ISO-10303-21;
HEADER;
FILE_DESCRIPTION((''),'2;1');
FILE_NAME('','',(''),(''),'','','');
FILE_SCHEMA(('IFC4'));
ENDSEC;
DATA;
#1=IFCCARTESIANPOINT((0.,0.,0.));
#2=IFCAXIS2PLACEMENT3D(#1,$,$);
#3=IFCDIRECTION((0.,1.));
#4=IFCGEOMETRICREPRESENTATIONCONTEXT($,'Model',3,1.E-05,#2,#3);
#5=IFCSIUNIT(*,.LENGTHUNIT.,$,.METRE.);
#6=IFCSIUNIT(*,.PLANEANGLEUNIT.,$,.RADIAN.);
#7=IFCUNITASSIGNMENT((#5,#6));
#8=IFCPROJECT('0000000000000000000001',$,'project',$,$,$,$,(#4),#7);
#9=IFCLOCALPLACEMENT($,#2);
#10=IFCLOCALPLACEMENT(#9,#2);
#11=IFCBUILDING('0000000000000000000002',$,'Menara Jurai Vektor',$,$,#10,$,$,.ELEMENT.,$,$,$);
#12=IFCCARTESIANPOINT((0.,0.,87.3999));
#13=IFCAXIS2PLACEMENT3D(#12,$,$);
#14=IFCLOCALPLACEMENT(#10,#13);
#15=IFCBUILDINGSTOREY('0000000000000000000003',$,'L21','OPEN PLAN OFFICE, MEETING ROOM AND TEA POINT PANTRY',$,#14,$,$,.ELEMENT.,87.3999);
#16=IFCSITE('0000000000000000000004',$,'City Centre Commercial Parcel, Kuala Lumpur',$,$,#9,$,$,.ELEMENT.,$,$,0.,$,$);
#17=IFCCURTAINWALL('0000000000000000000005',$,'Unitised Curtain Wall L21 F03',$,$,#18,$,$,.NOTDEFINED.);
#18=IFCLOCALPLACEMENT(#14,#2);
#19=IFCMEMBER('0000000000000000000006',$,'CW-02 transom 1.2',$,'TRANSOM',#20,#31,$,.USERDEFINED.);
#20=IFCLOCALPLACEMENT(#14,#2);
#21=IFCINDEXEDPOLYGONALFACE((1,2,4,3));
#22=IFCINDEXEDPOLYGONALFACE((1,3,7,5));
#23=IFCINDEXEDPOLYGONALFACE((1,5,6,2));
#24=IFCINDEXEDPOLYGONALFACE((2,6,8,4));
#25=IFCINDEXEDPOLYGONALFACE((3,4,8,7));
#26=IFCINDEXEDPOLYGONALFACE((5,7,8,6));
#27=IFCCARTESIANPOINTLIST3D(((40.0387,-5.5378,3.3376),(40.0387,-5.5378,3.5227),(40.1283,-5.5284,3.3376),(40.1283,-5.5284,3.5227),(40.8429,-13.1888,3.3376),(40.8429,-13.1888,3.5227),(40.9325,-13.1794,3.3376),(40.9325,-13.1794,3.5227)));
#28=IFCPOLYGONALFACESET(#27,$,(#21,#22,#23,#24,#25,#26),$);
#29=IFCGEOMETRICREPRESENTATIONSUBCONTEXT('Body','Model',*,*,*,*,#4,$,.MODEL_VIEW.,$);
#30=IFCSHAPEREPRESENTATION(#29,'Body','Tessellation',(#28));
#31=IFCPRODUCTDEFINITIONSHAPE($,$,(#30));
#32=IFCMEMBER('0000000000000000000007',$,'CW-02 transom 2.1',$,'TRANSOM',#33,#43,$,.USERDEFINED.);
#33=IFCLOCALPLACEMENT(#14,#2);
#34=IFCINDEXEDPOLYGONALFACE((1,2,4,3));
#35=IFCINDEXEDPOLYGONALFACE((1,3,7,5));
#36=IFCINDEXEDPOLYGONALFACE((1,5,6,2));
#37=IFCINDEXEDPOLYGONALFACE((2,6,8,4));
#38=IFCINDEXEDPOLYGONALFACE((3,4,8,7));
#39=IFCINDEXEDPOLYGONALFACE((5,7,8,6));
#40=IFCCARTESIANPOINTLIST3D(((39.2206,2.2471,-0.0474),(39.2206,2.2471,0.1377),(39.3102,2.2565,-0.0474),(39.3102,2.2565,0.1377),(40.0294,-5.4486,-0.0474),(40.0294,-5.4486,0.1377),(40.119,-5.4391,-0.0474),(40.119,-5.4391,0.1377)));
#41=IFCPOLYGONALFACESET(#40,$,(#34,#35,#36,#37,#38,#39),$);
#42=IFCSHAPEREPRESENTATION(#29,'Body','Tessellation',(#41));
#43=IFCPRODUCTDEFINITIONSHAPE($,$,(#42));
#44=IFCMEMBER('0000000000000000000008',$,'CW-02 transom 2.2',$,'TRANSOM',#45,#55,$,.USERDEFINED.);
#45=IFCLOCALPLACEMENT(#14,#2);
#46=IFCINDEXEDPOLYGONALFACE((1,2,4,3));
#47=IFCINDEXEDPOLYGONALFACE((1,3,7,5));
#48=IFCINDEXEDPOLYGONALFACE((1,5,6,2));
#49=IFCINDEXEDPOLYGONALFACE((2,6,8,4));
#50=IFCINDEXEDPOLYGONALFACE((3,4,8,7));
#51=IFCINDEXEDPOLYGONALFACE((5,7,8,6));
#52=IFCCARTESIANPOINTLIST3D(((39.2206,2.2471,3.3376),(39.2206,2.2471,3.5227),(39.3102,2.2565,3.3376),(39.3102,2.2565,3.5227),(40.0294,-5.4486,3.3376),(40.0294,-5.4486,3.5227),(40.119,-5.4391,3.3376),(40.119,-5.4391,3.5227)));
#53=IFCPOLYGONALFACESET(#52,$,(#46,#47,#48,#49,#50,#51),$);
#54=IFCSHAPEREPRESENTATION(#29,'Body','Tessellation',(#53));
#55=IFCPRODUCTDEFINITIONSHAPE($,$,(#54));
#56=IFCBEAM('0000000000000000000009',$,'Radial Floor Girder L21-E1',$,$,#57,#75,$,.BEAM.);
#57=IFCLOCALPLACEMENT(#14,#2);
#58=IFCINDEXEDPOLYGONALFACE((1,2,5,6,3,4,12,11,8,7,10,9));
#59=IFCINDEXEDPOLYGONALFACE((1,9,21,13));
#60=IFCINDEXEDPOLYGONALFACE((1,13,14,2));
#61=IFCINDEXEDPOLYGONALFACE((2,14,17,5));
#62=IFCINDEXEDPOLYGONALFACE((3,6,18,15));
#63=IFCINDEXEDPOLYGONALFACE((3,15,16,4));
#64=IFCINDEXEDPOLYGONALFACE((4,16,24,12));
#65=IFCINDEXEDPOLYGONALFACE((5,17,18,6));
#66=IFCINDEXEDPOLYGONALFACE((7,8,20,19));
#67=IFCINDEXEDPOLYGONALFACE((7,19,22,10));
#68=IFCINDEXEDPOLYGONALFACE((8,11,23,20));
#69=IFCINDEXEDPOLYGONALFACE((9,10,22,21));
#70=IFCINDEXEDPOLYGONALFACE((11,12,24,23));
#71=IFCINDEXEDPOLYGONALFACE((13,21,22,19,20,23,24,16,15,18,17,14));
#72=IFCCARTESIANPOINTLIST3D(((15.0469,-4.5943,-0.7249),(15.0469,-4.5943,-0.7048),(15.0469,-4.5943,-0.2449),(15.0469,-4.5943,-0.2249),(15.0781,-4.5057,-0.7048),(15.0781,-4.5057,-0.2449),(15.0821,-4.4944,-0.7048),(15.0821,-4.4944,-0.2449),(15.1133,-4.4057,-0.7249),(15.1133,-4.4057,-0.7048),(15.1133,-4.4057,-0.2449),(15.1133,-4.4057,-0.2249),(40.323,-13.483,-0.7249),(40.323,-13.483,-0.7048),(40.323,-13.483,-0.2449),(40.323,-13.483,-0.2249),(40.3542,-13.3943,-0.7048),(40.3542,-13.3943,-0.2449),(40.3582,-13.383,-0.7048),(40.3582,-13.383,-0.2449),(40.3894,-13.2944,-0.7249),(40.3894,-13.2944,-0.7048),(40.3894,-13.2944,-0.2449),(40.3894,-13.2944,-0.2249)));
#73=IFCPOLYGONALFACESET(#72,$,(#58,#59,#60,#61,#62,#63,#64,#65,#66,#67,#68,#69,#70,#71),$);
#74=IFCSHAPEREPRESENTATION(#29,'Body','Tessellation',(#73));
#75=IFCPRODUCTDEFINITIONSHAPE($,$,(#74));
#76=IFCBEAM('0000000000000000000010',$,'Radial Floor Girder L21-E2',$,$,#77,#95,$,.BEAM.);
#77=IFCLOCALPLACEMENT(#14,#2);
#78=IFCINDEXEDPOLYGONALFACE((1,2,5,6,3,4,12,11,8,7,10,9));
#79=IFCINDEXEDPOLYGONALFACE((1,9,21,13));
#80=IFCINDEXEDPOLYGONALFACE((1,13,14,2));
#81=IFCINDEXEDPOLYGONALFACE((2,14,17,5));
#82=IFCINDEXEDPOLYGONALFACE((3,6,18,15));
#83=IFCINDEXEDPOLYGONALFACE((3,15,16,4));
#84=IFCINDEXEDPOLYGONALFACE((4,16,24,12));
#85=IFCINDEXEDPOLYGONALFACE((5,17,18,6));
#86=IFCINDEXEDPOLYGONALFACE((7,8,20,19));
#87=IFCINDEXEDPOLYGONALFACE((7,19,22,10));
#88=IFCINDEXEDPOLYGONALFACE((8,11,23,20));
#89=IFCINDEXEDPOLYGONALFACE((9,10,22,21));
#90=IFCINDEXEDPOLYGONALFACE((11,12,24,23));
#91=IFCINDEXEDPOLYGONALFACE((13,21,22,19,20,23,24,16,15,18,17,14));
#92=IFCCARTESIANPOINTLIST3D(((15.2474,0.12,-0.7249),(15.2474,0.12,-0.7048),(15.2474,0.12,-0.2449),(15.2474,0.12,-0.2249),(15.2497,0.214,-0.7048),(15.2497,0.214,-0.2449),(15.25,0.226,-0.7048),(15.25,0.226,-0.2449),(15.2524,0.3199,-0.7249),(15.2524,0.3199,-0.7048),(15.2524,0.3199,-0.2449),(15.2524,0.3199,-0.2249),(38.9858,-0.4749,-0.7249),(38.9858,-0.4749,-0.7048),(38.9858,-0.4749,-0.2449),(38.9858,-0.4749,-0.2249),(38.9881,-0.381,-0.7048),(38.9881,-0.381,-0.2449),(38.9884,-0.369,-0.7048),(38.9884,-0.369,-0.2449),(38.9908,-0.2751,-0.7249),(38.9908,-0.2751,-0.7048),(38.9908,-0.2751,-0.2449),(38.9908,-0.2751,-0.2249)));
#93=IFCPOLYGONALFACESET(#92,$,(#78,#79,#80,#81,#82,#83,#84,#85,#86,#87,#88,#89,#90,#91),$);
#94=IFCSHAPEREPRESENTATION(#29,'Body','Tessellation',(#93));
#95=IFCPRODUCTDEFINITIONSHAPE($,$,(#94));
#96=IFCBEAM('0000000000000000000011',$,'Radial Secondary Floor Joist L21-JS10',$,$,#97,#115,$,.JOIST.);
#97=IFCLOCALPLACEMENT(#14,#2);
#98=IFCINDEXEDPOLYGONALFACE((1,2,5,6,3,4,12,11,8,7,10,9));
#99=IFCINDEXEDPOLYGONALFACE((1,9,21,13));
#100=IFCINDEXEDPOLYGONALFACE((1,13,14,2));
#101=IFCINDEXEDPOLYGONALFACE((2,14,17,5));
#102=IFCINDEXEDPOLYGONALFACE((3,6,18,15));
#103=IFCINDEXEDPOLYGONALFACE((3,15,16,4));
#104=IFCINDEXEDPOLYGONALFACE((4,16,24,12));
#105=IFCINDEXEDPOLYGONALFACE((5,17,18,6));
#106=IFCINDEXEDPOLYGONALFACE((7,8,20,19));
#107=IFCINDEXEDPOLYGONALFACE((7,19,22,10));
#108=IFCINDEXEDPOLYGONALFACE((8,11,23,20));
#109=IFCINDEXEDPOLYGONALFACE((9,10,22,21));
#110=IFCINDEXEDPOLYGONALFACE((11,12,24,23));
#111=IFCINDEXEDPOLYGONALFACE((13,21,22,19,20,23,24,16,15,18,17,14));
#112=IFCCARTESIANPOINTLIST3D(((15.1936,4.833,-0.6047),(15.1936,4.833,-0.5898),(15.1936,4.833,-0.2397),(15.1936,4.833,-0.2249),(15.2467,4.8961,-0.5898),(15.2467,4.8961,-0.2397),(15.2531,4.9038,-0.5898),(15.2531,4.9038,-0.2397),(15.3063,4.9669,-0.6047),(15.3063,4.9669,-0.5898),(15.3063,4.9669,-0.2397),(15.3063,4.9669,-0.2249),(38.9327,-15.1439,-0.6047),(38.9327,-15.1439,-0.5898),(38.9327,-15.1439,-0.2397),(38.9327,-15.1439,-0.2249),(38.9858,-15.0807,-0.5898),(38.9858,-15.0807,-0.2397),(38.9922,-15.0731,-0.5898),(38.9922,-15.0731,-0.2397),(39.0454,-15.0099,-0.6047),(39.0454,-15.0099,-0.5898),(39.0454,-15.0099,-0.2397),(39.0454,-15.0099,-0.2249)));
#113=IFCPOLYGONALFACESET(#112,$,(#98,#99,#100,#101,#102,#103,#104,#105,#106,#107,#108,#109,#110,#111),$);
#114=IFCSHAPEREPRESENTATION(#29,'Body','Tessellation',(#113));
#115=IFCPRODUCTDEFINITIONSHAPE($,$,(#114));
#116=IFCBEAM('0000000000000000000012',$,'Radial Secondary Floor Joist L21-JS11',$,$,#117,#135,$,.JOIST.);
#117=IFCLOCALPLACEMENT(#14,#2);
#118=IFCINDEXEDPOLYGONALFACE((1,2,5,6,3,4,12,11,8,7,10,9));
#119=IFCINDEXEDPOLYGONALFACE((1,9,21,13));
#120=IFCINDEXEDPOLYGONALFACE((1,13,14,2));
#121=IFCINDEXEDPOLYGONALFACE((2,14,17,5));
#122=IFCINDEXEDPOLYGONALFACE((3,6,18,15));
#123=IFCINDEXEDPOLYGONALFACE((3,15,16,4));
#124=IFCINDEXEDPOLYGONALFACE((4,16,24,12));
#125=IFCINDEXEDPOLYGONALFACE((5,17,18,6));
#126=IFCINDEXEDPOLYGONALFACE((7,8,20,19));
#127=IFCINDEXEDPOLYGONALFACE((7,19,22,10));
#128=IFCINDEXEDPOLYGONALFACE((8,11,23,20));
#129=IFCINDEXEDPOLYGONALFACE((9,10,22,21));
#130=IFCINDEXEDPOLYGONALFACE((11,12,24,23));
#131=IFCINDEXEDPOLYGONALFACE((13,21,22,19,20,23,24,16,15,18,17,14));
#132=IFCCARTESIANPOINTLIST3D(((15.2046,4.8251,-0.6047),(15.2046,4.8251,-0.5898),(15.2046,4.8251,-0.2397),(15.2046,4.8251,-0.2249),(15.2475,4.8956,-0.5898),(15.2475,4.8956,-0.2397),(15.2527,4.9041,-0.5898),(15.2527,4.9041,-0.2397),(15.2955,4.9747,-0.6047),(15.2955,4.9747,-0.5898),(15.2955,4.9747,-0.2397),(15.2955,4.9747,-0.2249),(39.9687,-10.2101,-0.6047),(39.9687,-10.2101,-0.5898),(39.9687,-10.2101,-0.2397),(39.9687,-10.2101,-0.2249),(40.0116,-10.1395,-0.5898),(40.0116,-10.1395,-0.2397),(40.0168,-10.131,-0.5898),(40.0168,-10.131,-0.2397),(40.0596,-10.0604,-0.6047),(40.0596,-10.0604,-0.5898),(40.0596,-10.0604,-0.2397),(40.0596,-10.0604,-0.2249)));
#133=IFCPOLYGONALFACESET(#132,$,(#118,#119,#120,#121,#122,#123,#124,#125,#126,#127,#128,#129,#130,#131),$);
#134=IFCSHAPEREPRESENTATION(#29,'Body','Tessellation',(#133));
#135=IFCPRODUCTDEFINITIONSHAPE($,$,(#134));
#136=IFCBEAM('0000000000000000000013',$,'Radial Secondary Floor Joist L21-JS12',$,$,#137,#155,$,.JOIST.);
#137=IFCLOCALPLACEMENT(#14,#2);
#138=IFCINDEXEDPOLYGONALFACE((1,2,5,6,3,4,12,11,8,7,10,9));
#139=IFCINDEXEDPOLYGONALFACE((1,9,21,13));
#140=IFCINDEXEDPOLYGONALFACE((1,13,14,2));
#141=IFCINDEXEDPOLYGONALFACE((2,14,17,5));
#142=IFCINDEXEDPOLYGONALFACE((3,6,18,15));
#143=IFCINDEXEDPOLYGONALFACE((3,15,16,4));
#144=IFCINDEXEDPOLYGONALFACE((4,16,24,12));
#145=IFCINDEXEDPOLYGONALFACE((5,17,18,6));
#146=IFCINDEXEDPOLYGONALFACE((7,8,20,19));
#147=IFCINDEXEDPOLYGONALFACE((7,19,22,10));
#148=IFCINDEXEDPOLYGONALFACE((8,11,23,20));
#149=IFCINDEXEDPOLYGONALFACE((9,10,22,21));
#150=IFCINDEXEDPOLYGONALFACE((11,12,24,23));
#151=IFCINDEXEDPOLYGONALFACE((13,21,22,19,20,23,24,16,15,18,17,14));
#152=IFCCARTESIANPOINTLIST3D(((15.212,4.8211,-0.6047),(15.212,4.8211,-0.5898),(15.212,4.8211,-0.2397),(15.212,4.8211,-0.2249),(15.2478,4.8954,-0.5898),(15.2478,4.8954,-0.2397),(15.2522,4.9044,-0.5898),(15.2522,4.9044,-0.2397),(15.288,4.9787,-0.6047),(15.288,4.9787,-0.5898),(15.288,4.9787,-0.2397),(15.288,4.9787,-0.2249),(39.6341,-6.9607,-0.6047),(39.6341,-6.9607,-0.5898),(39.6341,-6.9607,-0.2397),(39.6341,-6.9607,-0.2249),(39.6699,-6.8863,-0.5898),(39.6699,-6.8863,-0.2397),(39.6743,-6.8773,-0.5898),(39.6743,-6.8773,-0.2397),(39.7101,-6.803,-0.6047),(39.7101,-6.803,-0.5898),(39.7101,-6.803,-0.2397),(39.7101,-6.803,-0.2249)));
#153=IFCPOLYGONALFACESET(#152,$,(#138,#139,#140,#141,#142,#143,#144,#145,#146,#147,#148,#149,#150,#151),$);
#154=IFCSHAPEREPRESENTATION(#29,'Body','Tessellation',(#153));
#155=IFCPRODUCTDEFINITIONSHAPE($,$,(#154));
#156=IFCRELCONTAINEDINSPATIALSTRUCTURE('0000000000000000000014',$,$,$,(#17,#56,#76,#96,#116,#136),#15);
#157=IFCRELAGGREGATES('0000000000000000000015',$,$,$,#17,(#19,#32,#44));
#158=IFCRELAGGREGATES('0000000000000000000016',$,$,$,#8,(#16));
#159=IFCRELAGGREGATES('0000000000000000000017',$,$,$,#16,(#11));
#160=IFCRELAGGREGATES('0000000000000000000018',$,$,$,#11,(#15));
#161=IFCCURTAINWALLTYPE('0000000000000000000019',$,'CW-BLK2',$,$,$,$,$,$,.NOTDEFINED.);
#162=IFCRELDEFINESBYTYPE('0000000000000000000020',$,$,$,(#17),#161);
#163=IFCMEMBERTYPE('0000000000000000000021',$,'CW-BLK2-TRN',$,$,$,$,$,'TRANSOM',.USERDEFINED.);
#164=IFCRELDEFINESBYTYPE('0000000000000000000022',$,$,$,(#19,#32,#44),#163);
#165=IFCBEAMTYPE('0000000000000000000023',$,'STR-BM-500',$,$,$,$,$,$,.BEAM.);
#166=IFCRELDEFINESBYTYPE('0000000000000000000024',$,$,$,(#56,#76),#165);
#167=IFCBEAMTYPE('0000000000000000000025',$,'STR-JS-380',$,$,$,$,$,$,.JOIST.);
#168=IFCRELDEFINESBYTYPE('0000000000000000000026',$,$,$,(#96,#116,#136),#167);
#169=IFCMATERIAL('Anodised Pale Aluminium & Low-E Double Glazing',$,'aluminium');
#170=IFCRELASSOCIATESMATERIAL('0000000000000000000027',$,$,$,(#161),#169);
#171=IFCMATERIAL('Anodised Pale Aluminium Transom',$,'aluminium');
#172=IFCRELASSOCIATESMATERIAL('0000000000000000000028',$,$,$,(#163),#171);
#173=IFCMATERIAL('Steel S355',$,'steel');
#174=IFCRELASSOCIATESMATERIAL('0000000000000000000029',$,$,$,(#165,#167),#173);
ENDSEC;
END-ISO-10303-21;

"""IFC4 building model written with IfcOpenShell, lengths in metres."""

from ifc_helpers import new_model, si_unit, direction, frame, origin, origin_2d, place, context, subcontext, project, spatial, rectangle, i_section, extrude, material, material_profile, profile_set, type_object, element, aggregate, save


model = new_model("IFC4")

# Units and contexts
model_context = context("Model", 3, precision=1e-05, world=origin(), true_north=direction((0.0, 1.0)))
body_context = subcontext(model_context, "Body", "Model", "MODEL_VIEW")
ifc_project = project(units=[si_unit("LENGTHUNIT", "METRE"), si_unit("PLANEANGLEUNIT", "RADIAN")], contexts=[model_context])

# Site, building, storey
site_placement = place(None, origin())
site = spatial("IfcSite", under=ifc_project, at=site_placement, Name="City Centre Commercial Parcel, Kuala Lumpur", CompositionType="ELEMENT", RefElevation=0.0)
building_placement = place(site_placement, origin())
building = spatial("IfcBuilding", under=site, at=building_placement, Name="Menara Jurai Vektor", CompositionType="ELEMENT")
storey_placement = place(building_placement, frame((0.0, 0.0, 87.3999)))
storey = spatial("IfcBuildingStorey", under=building, at=storey_placement, Name="L21", Description="OPEN PLAN OFFICE, MEETING ROOM AND TEA POINT PANTRY", CompositionType="ELEMENT", Elevation=87.3999)

# Curtain wall
ifc_material_1 = material(Name="Anodised Pale Aluminium & Low-E Double Glazing", Category="aluminium")
curtain_wall_type = type_object("IfcCurtainWallType", Name="CW-BLK2", PredefinedType="NOTDEFINED", material=ifc_material_1)
curtain_wall_1_placement = place(storey_placement, origin())
curtain_wall_1 = element("IfcCurtainWall", 1, at=curtain_wall_1_placement, inside=storey, type_object=curtain_wall_type, Name="Unitised Curtain Wall L21 F03", PredefinedType="NOTDEFINED")

# Members
ifc_material_2 = material(Name="Anodised Pale Aluminium Transom", Category="aluminium")
ifc_material_profile_1 = material_profile(ifc_material_2, rectangle(XDim=0.0901, YDim=0.1851, at=origin_2d()), Name="ALU TRN 90x185")
ifc_profile_set_1 = profile_set([ifc_material_profile_1], Name="Anodised Pale Aluminium Transom")
member_type_1 = type_object("IfcMemberType", Name="CW-BLK2-TRN", ElementType="TRANSOM", PredefinedType="USERDEFINED", material=ifc_profile_set_1)
member_1_placement = place(storey_placement, frame((40.8877, -13.1841, 3.4302), z_axis=(-0.104536, 0.994521, 0.0), x_axis=(-0.994521, -0.104536, 0.0)))
member_1 = element("IfcMember", 2, at=member_1_placement, type_object=member_type_1, Name="CW-02 transom 1.2", ObjectType="TRANSOM", PredefinedType="USERDEFINED", context=body_context, shape_type="SweptSolid", body=[
    extrude(rectangle(XDim=0.0901, YDim=0.1851, at=origin_2d()), origin(), (0.0, 0.0, 1.0), 7.6931),
])
member_2_placement = place(storey_placement, frame((40.0742, -5.4438, 0.0452), z_axis=(-0.104529, 0.994522, 0.0), x_axis=(-0.994522, -0.104529, 0.0)))
member_2 = element("IfcMember", 3, at=member_2_placement, type_object=member_type_1, Name="CW-02 transom 2.1", ObjectType="TRANSOM", PredefinedType="USERDEFINED", context=body_context, shape_type="SweptSolid", body=[
    extrude(rectangle(XDim=0.0901, YDim=0.1851, at=origin_2d()), origin(), (0.0, 0.0, 1.0), 7.738),
])
member_3_placement = place(storey_placement, frame((40.0742, -5.4438, 3.4302), z_axis=(-0.104529, 0.994522, 0.0), x_axis=(-0.994522, -0.104529, 0.0)))
member_3 = element("IfcMember", 4, at=member_3_placement, type_object=member_type_1, Name="CW-02 transom 2.2", ObjectType="TRANSOM", PredefinedType="USERDEFINED", context=body_context, shape_type="SweptSolid", body=[
    extrude(rectangle(XDim=0.0901, YDim=0.1851, at=origin_2d()), origin(), (0.0, 0.0, 1.0), 7.738),
])

# Beams
ifc_material_3 = material(Name="Steel S355", Category="steel")
ifc_material_profile_2 = material_profile(ifc_material_3, i_section(OverallWidth=0.2, OverallDepth=0.5, WebThickness=0.012, FlangeThickness=0.02, at=origin_2d()), Name="PG 500x200x96")
ifc_profile_set_2 = profile_set([ifc_material_profile_2], Name="Steel S355")
beam_type_1 = type_object("IfcBeamType", Name="STR-BM-500", PredefinedType="BEAM", material=ifc_profile_set_2)
beam_1_placement = place(storey_placement, frame((40.3562, -13.3887, -0.4749), z_axis=(-0.943368, 0.331747, 0.0), x_axis=(-0.331747, -0.943368, 0.0)))
element("IfcBeam", 5, at=beam_1_placement, inside=storey, type_object=beam_type_1, Name="Radial Floor Girder L21-E1", PredefinedType="BEAM", context=body_context, shape_type="SweptSolid", body=[
    extrude(i_section(OverallWidth=0.2, OverallDepth=0.5, WebThickness=0.012, FlangeThickness=0.02, at=origin_2d()), origin(), (0.0, 0.0, 1.0), 26.7935),
])
beam_2_placement = place(storey_placement, frame((38.9883, -0.375, -0.4749), z_axis=(-0.999686, 0.025056, 0.0), x_axis=(-0.025056, -0.999686, 0.0)))
element("IfcBeam", 6, at=beam_2_placement, inside=storey, type_object=beam_type_1, Name="Radial Floor Girder L21-E2", PredefinedType="BEAM", context=body_context, shape_type="SweptSolid", body=[
    extrude(i_section(OverallWidth=0.2, OverallDepth=0.5, WebThickness=0.012, FlangeThickness=0.02, at=origin_2d()), origin(), (0.0, 0.0, 1.0), 23.7458),
])
ifc_material_profile_3 = material_profile(ifc_material_3, i_section(OverallWidth=0.175, OverallDepth=0.3799, WebThickness=0.01, FlangeThickness=0.0149, at=origin_2d()), Name="PG 380x175x58")
ifc_profile_set_3 = profile_set([ifc_material_profile_3], Name="Steel S355")
beam_type_2 = type_object("IfcBeamType", Name="STR-JS-380", PredefinedType="JOIST", material=ifc_profile_set_3)
beam_3_placement = place(storey_placement, frame((38.989, -15.0769, -0.4148), z_axis=(-0.765133, 0.643873, 0.0), x_axis=(-0.643873, -0.765133, 0.0)))
element("IfcBeam", 7, at=beam_3_placement, inside=storey, type_object=beam_type_2, Name="Radial Secondary Floor Joist L21-JS10", PredefinedType="JOIST", context=body_context, shape_type="SweptSolid", body=[
    extrude(i_section(OverallWidth=0.175, OverallDepth=0.3799, WebThickness=0.01, FlangeThickness=0.0149, at=origin_2d()), origin(), (0.0, 0.0, 1.0), 31.0261),
])
beam_4_placement = place(storey_placement, frame((40.0142, -10.1353, -0.4148), z_axis=(-0.854791, 0.518972, 0.0), x_axis=(-0.518972, -0.854791, 0.0)))
element("IfcBeam", 8, at=beam_4_placement, inside=storey, type_object=beam_type_2, Name="Radial Secondary Floor Joist L21-JS11", PredefinedType="JOIST", context=body_context, shape_type="SweptSolid", body=[
    extrude(i_section(OverallWidth=0.175, OverallDepth=0.3799, WebThickness=0.01, FlangeThickness=0.0149, at=origin_2d()), origin(), (0.0, 0.0, 1.0), 28.9709),
])
beam_5_placement = place(storey_placement, frame((39.6721, -6.8818, -0.4148), z_axis=(-0.900671, 0.434502, 0.0), x_axis=(-0.434502, -0.900671, 0.0)))
element("IfcBeam", 9, at=beam_5_placement, inside=storey, type_object=beam_type_2, Name="Radial Secondary Floor Joist L21-JS12", PredefinedType="JOIST", context=body_context, shape_type="SweptSolid", body=[
    extrude(i_section(OverallWidth=0.175, OverallDepth=0.3799, WebThickness=0.01, FlangeThickness=0.0149, at=origin_2d()), origin(), (0.0, 0.0, 1.0), 27.1155),
])

aggregate(curtain_wall_1, [member_1, member_2, member_3])

save(model, "model.ifc")
